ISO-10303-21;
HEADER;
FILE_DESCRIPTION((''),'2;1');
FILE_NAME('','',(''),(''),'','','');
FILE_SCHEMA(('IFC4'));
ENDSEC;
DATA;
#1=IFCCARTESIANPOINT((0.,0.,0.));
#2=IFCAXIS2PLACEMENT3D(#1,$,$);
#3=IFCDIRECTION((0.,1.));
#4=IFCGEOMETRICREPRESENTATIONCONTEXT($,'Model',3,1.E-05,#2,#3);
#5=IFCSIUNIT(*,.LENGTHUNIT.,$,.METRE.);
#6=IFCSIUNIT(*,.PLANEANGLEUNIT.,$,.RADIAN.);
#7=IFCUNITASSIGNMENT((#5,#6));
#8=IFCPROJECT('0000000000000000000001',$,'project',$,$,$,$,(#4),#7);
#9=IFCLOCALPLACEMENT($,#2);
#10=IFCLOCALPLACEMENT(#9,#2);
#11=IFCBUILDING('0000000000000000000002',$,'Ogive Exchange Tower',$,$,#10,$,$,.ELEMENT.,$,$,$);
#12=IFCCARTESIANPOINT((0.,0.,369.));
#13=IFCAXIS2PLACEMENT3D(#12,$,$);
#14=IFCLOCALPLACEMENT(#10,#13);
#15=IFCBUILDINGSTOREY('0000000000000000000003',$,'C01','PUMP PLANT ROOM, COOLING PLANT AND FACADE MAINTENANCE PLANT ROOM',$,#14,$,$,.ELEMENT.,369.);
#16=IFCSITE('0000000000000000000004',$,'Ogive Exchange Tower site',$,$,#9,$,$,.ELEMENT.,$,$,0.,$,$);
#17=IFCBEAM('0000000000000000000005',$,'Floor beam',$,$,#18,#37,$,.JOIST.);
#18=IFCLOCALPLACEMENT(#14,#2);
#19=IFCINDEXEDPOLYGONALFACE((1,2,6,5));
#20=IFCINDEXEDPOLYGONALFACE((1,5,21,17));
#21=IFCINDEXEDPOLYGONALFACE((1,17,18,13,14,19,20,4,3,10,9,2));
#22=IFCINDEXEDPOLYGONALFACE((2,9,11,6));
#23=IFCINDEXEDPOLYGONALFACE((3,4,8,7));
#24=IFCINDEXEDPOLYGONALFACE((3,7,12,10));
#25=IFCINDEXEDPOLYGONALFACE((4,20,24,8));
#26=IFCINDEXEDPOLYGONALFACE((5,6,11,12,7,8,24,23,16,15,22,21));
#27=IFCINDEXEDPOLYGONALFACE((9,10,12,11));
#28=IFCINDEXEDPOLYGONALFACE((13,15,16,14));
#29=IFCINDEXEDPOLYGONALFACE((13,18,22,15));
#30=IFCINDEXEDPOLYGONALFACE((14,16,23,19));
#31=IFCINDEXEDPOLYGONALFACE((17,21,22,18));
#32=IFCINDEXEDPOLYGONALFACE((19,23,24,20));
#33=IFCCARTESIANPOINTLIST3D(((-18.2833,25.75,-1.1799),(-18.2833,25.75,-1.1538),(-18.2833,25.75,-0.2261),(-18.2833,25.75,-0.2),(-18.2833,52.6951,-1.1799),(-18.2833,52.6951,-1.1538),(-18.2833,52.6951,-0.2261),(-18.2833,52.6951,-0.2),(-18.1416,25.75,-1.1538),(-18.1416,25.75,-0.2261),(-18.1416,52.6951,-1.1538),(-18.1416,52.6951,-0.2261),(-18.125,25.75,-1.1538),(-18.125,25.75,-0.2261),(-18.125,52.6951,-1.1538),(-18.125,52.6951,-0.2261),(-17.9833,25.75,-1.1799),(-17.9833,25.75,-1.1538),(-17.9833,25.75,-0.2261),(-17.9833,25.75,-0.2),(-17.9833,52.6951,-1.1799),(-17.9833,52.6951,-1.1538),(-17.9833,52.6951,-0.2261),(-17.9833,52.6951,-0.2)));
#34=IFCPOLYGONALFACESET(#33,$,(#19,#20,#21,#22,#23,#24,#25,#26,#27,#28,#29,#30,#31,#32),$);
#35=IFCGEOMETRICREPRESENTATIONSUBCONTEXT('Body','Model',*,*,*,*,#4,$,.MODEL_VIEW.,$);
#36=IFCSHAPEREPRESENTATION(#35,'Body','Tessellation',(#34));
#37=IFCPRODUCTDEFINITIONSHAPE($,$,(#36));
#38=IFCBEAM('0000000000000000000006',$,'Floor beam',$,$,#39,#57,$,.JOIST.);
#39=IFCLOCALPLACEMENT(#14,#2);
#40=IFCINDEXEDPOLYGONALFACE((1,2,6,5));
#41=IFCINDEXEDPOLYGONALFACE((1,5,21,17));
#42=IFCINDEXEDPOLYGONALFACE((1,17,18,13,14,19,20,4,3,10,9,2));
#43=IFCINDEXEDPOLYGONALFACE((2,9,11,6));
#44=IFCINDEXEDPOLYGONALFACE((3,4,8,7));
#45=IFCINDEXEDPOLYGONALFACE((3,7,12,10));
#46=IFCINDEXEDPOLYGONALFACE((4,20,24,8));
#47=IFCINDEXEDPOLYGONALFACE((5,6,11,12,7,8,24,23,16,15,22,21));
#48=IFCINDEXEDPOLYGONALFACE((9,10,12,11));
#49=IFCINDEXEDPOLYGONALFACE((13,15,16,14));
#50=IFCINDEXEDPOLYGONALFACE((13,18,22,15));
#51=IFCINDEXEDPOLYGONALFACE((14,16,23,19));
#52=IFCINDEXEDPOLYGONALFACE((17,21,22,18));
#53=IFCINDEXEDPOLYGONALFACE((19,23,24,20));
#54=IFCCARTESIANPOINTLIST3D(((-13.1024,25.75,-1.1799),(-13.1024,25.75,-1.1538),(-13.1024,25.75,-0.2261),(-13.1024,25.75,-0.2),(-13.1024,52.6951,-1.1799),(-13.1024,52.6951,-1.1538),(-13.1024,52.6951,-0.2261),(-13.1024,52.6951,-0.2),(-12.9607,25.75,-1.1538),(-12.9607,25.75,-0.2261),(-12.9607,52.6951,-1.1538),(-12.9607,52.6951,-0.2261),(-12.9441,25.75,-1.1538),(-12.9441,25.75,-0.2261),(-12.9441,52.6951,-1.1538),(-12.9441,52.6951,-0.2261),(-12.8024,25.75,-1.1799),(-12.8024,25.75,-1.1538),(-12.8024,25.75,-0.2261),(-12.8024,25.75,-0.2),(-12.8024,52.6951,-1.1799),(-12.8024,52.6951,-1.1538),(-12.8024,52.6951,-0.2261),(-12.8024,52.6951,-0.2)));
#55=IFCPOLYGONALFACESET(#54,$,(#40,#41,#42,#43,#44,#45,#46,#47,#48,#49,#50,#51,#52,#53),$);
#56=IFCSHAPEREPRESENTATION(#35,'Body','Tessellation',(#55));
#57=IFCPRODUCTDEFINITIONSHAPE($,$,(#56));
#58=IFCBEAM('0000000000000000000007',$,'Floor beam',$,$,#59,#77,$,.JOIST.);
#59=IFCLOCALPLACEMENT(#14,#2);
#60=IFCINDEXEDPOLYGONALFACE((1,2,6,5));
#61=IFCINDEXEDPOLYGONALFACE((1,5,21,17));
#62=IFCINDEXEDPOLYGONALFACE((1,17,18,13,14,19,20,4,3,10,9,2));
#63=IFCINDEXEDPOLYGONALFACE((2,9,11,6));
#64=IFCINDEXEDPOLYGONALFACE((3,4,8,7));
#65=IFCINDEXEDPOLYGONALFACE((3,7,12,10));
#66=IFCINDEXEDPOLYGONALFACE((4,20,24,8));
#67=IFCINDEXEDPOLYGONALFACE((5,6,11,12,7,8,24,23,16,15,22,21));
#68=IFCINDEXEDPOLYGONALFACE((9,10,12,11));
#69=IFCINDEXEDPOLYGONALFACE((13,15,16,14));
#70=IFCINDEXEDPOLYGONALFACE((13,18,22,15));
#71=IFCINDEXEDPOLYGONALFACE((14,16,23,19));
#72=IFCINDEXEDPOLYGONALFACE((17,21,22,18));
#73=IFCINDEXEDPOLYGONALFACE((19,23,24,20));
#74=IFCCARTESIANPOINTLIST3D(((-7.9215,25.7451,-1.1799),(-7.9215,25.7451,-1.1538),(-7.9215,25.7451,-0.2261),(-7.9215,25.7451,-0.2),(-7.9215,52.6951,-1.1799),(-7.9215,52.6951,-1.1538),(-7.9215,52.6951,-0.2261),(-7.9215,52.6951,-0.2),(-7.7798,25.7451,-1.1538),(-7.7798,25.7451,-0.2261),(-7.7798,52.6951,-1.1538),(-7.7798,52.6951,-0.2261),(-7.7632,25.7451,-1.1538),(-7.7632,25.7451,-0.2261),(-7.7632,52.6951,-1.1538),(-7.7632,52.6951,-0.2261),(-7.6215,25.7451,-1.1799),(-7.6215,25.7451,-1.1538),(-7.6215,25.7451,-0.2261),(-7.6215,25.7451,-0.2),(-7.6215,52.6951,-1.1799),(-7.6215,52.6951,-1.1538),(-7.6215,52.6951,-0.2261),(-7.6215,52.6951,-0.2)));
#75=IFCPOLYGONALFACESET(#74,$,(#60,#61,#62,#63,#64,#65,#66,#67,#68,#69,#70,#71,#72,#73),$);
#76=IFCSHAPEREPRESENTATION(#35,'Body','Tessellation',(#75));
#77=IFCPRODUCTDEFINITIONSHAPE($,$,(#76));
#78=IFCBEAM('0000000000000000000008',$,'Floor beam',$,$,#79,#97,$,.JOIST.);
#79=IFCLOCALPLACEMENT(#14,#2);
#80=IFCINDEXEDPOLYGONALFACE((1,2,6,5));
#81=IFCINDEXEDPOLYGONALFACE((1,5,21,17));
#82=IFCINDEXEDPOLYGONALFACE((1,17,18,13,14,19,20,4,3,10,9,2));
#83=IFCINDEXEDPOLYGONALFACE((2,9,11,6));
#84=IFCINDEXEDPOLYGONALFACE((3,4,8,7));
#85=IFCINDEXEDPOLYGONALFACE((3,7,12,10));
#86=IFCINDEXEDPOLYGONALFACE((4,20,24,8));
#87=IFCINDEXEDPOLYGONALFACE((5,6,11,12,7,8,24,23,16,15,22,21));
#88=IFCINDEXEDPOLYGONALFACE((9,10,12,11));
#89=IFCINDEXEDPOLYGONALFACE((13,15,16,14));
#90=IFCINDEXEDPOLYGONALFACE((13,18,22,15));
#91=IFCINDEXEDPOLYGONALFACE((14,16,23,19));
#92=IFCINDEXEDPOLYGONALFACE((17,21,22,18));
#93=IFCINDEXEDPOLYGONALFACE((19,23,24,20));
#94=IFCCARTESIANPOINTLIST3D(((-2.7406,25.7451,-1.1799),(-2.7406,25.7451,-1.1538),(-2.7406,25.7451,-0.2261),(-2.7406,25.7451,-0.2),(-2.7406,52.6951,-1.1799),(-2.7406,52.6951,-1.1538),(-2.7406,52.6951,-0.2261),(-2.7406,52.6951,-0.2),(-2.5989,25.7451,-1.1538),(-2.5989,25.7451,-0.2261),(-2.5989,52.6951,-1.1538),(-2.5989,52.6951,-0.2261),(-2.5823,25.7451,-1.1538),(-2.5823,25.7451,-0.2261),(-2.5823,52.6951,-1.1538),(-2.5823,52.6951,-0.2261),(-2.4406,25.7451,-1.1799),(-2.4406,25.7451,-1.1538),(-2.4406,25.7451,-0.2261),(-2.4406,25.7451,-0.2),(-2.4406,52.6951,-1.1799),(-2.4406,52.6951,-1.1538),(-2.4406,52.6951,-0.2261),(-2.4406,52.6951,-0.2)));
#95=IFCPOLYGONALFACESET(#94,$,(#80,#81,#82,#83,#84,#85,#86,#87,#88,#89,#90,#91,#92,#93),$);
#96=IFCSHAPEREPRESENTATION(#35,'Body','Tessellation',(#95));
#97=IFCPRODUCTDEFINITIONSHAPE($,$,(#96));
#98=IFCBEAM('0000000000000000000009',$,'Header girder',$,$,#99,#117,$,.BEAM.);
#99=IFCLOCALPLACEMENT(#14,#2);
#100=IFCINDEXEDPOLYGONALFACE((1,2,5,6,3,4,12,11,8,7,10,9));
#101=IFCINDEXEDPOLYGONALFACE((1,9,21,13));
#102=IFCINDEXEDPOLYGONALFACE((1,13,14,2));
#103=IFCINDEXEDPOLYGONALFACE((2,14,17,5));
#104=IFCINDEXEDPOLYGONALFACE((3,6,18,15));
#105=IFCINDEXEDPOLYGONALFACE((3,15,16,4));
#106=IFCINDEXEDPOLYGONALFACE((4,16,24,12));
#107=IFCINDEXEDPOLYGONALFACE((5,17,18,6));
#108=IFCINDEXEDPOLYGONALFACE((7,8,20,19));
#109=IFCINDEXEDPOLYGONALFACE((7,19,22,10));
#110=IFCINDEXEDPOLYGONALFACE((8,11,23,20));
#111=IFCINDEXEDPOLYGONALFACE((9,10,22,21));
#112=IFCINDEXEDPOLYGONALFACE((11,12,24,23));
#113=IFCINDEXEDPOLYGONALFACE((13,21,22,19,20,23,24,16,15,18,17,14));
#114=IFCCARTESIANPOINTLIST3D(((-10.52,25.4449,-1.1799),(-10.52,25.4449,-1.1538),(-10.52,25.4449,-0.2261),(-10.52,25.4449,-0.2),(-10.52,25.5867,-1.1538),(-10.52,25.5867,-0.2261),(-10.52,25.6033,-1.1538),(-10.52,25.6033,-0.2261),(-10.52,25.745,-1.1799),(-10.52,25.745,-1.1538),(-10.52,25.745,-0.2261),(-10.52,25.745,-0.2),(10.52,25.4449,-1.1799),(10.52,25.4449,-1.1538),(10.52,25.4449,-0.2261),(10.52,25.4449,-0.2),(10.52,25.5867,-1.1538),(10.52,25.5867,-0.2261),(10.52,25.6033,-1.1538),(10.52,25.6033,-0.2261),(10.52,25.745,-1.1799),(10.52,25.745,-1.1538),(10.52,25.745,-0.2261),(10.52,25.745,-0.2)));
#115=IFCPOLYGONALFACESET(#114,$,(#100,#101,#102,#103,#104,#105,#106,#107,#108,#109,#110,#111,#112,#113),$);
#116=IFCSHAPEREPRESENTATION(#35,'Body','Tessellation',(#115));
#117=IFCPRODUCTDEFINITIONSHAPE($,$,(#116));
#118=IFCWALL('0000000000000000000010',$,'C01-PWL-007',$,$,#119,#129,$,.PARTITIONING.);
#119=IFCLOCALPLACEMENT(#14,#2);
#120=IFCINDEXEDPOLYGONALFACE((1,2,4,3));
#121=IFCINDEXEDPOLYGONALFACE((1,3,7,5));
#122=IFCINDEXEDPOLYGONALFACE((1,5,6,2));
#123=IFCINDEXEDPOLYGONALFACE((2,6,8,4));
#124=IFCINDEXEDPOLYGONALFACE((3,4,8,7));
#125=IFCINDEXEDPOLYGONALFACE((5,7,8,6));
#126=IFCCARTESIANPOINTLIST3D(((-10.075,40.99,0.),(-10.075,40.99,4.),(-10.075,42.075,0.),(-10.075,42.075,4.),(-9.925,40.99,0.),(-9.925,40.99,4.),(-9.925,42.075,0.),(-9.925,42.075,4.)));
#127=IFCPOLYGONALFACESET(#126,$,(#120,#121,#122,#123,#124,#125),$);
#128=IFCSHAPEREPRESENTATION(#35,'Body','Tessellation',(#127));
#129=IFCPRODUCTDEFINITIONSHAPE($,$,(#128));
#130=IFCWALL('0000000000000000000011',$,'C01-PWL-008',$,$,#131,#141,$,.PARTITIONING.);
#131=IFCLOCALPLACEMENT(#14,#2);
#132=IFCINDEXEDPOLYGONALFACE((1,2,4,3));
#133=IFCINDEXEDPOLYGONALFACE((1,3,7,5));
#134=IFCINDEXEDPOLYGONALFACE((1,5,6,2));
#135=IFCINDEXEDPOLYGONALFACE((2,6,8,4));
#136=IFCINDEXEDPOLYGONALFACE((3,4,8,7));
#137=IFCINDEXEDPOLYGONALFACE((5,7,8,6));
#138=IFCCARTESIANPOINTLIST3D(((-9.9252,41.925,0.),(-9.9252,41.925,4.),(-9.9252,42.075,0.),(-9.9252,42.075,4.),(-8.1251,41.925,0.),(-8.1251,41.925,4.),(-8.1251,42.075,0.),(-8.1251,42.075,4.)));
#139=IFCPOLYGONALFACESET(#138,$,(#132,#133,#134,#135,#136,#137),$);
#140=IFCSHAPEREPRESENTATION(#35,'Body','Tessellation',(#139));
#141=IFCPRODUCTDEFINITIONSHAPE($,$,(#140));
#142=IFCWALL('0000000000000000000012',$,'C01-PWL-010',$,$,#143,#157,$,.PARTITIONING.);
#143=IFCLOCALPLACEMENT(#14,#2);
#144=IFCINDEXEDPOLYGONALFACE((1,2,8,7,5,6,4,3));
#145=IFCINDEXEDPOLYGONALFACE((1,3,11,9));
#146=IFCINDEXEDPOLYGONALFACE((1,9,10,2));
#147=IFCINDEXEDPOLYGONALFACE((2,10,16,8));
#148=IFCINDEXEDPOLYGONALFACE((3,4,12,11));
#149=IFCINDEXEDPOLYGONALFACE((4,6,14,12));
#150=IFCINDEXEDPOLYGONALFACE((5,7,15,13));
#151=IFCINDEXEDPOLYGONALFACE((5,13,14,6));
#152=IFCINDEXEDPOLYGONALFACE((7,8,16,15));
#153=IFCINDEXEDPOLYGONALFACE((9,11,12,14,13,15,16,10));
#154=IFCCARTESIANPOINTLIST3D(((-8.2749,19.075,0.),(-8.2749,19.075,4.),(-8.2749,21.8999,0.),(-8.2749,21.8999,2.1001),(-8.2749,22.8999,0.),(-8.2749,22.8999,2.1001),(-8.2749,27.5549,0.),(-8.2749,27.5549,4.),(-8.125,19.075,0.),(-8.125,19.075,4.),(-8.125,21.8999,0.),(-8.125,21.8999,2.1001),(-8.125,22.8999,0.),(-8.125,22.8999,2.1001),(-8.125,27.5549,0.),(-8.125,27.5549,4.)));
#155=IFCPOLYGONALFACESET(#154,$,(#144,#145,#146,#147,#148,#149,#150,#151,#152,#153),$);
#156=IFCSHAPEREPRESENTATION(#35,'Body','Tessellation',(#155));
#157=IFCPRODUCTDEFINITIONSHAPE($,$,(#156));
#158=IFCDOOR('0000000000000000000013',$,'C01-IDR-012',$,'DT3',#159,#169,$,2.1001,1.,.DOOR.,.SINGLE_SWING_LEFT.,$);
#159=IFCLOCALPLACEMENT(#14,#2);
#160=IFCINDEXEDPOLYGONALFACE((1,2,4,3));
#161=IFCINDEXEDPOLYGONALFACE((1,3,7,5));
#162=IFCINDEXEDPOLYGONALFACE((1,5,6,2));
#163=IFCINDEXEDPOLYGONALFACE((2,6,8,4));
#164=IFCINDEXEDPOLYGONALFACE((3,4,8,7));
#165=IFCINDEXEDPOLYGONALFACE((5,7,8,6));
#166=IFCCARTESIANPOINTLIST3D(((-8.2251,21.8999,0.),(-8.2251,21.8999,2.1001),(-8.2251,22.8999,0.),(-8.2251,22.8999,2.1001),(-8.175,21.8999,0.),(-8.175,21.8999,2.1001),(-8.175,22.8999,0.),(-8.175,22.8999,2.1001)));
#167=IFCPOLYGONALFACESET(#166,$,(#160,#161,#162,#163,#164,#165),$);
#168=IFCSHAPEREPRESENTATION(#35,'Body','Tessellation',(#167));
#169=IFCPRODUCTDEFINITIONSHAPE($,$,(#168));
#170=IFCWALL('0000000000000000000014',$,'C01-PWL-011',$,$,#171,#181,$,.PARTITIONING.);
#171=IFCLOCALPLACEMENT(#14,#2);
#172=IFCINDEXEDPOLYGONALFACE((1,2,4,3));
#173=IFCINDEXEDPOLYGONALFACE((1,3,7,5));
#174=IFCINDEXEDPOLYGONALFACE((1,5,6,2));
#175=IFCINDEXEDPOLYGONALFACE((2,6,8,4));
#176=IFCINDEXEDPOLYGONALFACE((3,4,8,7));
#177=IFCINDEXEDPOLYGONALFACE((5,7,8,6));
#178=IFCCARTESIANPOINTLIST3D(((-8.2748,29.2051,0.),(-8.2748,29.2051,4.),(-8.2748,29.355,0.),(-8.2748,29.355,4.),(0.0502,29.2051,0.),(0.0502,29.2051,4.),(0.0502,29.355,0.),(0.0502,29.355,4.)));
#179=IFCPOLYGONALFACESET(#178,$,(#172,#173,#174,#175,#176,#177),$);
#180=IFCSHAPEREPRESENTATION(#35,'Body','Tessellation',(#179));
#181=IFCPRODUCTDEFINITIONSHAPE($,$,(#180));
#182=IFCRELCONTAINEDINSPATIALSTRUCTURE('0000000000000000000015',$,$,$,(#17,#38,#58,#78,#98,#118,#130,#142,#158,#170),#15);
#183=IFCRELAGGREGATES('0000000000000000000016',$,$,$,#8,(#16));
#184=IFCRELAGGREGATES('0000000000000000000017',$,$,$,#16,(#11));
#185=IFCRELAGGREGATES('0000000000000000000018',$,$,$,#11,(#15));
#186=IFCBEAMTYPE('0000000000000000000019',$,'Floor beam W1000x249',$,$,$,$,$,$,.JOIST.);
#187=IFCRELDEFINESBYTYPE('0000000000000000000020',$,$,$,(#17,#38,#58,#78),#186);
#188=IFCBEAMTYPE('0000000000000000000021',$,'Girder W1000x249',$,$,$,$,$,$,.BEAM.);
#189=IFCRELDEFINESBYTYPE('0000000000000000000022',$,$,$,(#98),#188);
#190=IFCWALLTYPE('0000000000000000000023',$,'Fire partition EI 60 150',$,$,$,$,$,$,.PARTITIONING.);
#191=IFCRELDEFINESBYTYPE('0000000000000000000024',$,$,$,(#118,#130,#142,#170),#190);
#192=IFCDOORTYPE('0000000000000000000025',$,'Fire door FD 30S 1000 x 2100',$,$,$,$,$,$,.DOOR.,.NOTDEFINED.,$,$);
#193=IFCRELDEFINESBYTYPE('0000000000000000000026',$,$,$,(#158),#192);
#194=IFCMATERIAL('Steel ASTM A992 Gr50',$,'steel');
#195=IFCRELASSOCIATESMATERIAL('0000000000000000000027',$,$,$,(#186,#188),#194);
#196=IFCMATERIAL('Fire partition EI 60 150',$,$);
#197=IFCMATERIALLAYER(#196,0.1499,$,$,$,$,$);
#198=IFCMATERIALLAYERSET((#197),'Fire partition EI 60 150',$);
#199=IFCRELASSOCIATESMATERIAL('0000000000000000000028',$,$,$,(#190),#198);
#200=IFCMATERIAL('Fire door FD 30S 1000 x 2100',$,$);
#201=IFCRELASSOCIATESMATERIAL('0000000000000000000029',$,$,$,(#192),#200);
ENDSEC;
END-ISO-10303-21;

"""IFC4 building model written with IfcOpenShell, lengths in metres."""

from ifc_helpers import new_model, si_unit, direction, frame, frame_2d, origin, origin_2d, place, context, subcontext, project, spatial, rectangle, i_section, extrude, material, layer, layer_set, material_profile, profile_set, type_object, element, fill, save


model = new_model("IFC4")

# Units and contexts
model_context = context("Model", 3, precision=1e-05, world=origin(), true_north=direction((0.0, 1.0)))
body_context = subcontext(model_context, "Body", "Model", "MODEL_VIEW")
ifc_project = project(units=[si_unit("LENGTHUNIT", "METRE"), si_unit("PLANEANGLEUNIT", "RADIAN")], contexts=[model_context])

# Site, building, storey
site_placement = place(None, origin())
site = spatial("IfcSite", under=ifc_project, at=site_placement, Name="Ogive Exchange Tower site", CompositionType="ELEMENT", RefElevation=0.0)
building_placement = place(site_placement, origin())
building = spatial("IfcBuilding", under=site, at=building_placement, Name="Ogive Exchange Tower", CompositionType="ELEMENT")
storey_placement = place(building_placement, frame((0.0, 0.0, 369.0)))
storey = spatial("IfcBuildingStorey", under=building, at=storey_placement, Name="C01", Description="PUMP PLANT ROOM, COOLING PLANT AND FACADE MAINTENANCE PLANT ROOM", CompositionType="ELEMENT", Elevation=369.0)

# Beams
ifc_material_1 = material(Name="Steel ASTM A992 Gr50", Category="steel")
ifc_material_profile_1 = material_profile(ifc_material_1, i_section(OverallWidth=0.3, OverallDepth=0.98, WebThickness=0.0166, FlangeThickness=0.0261, at=origin_2d()), Name="W1000x249")
ifc_profile_set_1 = profile_set([ifc_material_profile_1], Name="Steel ASTM A992 Gr50")
beam_type_1 = type_object("IfcBeamType", Name="Floor beam W1000x249", PredefinedType="JOIST", material=ifc_profile_set_1)
for number, where, z_axis, x_axis, name in (
    (1, (-18.1333, 25.75, -0.6899), (0.0, 1.0, 0.0), (-1.0, 0.0, 0.0), "Floor beam"),
    (2, (-12.9524, 25.75, -0.6899), (0.0, 1.0, 0.0), (-1.0, 0.0, 0.0), "Floor beam"),
):
    element("IfcBeam", number, at=place(storey_placement, frame(where, z_axis=z_axis, x_axis=x_axis)), inside=storey, type_object=beam_type_1, Name=name, PredefinedType="JOIST", context=body_context, shape_type="SweptSolid", body=[
        extrude(i_section(OverallWidth=0.3, OverallDepth=0.98, WebThickness=0.0166, FlangeThickness=0.0261, at=origin_2d()), origin(), (0.0, 0.0, 1.0), 26.9451),
    ])
for number, where, z_axis, x_axis, name in (
    (3, (-7.7715, 25.7451, -0.6899), (0.0, 1.0, 0.0), (-1.0, 0.0, 0.0), "Floor beam"),
    (4, (-2.5906, 25.7451, -0.6899), (0.0, 1.0, 0.0), (-1.0, 0.0, 0.0), "Floor beam"),
):
    element("IfcBeam", number, at=place(storey_placement, frame(where, z_axis=z_axis, x_axis=x_axis)), inside=storey, type_object=beam_type_1, Name=name, PredefinedType="JOIST", context=body_context, shape_type="SweptSolid", body=[
        extrude(i_section(OverallWidth=0.3, OverallDepth=0.98, WebThickness=0.0166, FlangeThickness=0.0261, at=origin_2d()), origin(), (0.0, 0.0, 1.0), 26.95),
    ])
ifc_material_profile_2 = material_profile(ifc_material_1, i_section(OverallWidth=0.3, OverallDepth=0.98, WebThickness=0.0166, FlangeThickness=0.0261, at=origin_2d()), Name="W1000x249")
ifc_profile_set_2 = profile_set([ifc_material_profile_2], Name="Steel ASTM A992 Gr50")
beam_type_2 = type_object("IfcBeamType", Name="Girder W1000x249", PredefinedType="BEAM", material=ifc_profile_set_2)
beam_placement = place(storey_placement, frame((-10.52, 25.595, -0.6899), z_axis=(1.0, 0.0, 0.0), x_axis=(0.0, 1.0, 0.0)))
element("IfcBeam", 5, at=beam_placement, inside=storey, type_object=beam_type_2, Name="Header girder", PredefinedType="BEAM", context=body_context, shape_type="SweptSolid", body=[
    extrude(i_section(OverallWidth=0.3, OverallDepth=0.98, WebThickness=0.0166, FlangeThickness=0.0261, at=origin_2d()), origin(), (0.0, 0.0, 1.0), 21.04),
])

# Walls
ifc_material_2 = material(Name="Fire partition EI 60 150")
ifc_layer_1 = layer(ifc_material_2, 0.1499)
ifc_layer_set_1 = layer_set([ifc_layer_1], Name="Fire partition EI 60 150")
wall_type_1 = type_object("IfcWallType", Name="Fire partition EI 60 150", PredefinedType="PARTITIONING", material=ifc_layer_set_1)
wall_1_placement = place(storey_placement, frame((-10.0, 40.99, 0.0), z_axis=(0.0, 0.0, 1.0), x_axis=(0.0, 1.0, 0.0)))
element("IfcWall", 6, at=wall_1_placement, inside=storey, type_object=wall_type_1, Name="C01-PWL-007", PredefinedType="PARTITIONING", context=body_context, shape_type="SweptSolid", body=[
    extrude(rectangle(XDim=1.085, YDim=0.1499, at=frame_2d((0.5425, 0.0))), origin(), (0.0, 0.0, 1.0), 4.0),
])
wall_2_placement = place(storey_placement, frame((-9.925, 42.0, 0.0), z_axis=(0.0, 0.0, 1.0), x_axis=(1.0, 0.0, 0.0)))
element("IfcWall", 7, at=wall_2_placement, inside=storey, type_object=wall_type_1, Name="C01-PWL-008", PredefinedType="PARTITIONING", context=body_context, shape_type="SweptSolid", body=[
    extrude(rectangle(XDim=1.8, YDim=0.1499, at=frame_2d((0.8999, 0.0))), origin(), (0.0, 0.0, 1.0), 4.0),
])

# Wall, opening, door
wall_3_placement = place(storey_placement, frame((-8.2, 27.5549, 0.0), z_axis=(0.0, 0.0, 1.0), x_axis=(0.0, -1.0, 0.0)))
wall_3 = element("IfcWall", 8, at=wall_3_placement, inside=storey, type_object=wall_type_1, Name="C01-PWL-010", PredefinedType="PARTITIONING", context=body_context, shape_type="SweptSolid", body=[
    extrude(rectangle(XDim=8.48, YDim=0.1499, at=frame_2d((4.24, 0.0))), origin(), (0.0, 0.0, 1.0), 4.0),
])
opening_1_placement = place(wall_3_placement, frame((4.655, 0.0, 0.0)))
opening_1 = element("IfcOpeningElement", 9, at=opening_1_placement, cuts=wall_3, PredefinedType="OPENING", context=body_context, shape_type="SweptSolid", body=[
    extrude(rectangle(XDim=1.0, YDim=2.1001, at=frame_2d((0.5, 1.05))), frame((0.0, 0.085, 0.0), z_axis=(0.0, -1.0, 0.0), x_axis=(1.0, 0.0, 0.0)), (0.0, 0.0, 1.0), 0.1699),
])
ifc_material_3 = material(Name="Fire door FD 30S 1000 x 2100")
door_type_1 = type_object("IfcDoorType", Name="Fire door FD 30S 1000 x 2100", OperationType="NOTDEFINED", PredefinedType="DOOR", material=ifc_material_3)
door_1_placement = place(opening_1_placement, origin())
door_1 = element("IfcDoor", 10, at=door_1_placement, inside=storey, type_object=door_type_1, Name="C01-IDR-012", ObjectType="DT3", OperationType="SINGLE_SWING_LEFT", OverallHeight=2.1001, OverallWidth=1.0, PredefinedType="DOOR", context=body_context, shape_type="SweptSolid", body=[
    extrude(rectangle(XDim=1.0, YDim=2.1001, at=frame_2d((0.5, 1.05))), frame((0.0, 0.0249, 0.0), z_axis=(0.0, -1.0, 0.0), x_axis=(1.0, 0.0, 0.0)), (0.0, 0.0, 1.0), 0.05),
])
fill(opening_1, door_1)

# Wall
wall_4_placement = place(storey_placement, frame((-8.2749, 29.28, 0.0), z_axis=(0.0, 0.0, 1.0), x_axis=(1.0, 0.0, 0.0)))
element("IfcWall", 11, at=wall_4_placement, inside=storey, type_object=wall_type_1, Name="C01-PWL-011", PredefinedType="PARTITIONING", context=body_context, shape_type="SweptSolid", body=[
    extrude(rectangle(XDim=8.325, YDim=0.1499, at=frame_2d((4.1626, 0.0))), origin(), (0.0, 0.0, 1.0), 4.0),
])

save(model, "model.ifc")
